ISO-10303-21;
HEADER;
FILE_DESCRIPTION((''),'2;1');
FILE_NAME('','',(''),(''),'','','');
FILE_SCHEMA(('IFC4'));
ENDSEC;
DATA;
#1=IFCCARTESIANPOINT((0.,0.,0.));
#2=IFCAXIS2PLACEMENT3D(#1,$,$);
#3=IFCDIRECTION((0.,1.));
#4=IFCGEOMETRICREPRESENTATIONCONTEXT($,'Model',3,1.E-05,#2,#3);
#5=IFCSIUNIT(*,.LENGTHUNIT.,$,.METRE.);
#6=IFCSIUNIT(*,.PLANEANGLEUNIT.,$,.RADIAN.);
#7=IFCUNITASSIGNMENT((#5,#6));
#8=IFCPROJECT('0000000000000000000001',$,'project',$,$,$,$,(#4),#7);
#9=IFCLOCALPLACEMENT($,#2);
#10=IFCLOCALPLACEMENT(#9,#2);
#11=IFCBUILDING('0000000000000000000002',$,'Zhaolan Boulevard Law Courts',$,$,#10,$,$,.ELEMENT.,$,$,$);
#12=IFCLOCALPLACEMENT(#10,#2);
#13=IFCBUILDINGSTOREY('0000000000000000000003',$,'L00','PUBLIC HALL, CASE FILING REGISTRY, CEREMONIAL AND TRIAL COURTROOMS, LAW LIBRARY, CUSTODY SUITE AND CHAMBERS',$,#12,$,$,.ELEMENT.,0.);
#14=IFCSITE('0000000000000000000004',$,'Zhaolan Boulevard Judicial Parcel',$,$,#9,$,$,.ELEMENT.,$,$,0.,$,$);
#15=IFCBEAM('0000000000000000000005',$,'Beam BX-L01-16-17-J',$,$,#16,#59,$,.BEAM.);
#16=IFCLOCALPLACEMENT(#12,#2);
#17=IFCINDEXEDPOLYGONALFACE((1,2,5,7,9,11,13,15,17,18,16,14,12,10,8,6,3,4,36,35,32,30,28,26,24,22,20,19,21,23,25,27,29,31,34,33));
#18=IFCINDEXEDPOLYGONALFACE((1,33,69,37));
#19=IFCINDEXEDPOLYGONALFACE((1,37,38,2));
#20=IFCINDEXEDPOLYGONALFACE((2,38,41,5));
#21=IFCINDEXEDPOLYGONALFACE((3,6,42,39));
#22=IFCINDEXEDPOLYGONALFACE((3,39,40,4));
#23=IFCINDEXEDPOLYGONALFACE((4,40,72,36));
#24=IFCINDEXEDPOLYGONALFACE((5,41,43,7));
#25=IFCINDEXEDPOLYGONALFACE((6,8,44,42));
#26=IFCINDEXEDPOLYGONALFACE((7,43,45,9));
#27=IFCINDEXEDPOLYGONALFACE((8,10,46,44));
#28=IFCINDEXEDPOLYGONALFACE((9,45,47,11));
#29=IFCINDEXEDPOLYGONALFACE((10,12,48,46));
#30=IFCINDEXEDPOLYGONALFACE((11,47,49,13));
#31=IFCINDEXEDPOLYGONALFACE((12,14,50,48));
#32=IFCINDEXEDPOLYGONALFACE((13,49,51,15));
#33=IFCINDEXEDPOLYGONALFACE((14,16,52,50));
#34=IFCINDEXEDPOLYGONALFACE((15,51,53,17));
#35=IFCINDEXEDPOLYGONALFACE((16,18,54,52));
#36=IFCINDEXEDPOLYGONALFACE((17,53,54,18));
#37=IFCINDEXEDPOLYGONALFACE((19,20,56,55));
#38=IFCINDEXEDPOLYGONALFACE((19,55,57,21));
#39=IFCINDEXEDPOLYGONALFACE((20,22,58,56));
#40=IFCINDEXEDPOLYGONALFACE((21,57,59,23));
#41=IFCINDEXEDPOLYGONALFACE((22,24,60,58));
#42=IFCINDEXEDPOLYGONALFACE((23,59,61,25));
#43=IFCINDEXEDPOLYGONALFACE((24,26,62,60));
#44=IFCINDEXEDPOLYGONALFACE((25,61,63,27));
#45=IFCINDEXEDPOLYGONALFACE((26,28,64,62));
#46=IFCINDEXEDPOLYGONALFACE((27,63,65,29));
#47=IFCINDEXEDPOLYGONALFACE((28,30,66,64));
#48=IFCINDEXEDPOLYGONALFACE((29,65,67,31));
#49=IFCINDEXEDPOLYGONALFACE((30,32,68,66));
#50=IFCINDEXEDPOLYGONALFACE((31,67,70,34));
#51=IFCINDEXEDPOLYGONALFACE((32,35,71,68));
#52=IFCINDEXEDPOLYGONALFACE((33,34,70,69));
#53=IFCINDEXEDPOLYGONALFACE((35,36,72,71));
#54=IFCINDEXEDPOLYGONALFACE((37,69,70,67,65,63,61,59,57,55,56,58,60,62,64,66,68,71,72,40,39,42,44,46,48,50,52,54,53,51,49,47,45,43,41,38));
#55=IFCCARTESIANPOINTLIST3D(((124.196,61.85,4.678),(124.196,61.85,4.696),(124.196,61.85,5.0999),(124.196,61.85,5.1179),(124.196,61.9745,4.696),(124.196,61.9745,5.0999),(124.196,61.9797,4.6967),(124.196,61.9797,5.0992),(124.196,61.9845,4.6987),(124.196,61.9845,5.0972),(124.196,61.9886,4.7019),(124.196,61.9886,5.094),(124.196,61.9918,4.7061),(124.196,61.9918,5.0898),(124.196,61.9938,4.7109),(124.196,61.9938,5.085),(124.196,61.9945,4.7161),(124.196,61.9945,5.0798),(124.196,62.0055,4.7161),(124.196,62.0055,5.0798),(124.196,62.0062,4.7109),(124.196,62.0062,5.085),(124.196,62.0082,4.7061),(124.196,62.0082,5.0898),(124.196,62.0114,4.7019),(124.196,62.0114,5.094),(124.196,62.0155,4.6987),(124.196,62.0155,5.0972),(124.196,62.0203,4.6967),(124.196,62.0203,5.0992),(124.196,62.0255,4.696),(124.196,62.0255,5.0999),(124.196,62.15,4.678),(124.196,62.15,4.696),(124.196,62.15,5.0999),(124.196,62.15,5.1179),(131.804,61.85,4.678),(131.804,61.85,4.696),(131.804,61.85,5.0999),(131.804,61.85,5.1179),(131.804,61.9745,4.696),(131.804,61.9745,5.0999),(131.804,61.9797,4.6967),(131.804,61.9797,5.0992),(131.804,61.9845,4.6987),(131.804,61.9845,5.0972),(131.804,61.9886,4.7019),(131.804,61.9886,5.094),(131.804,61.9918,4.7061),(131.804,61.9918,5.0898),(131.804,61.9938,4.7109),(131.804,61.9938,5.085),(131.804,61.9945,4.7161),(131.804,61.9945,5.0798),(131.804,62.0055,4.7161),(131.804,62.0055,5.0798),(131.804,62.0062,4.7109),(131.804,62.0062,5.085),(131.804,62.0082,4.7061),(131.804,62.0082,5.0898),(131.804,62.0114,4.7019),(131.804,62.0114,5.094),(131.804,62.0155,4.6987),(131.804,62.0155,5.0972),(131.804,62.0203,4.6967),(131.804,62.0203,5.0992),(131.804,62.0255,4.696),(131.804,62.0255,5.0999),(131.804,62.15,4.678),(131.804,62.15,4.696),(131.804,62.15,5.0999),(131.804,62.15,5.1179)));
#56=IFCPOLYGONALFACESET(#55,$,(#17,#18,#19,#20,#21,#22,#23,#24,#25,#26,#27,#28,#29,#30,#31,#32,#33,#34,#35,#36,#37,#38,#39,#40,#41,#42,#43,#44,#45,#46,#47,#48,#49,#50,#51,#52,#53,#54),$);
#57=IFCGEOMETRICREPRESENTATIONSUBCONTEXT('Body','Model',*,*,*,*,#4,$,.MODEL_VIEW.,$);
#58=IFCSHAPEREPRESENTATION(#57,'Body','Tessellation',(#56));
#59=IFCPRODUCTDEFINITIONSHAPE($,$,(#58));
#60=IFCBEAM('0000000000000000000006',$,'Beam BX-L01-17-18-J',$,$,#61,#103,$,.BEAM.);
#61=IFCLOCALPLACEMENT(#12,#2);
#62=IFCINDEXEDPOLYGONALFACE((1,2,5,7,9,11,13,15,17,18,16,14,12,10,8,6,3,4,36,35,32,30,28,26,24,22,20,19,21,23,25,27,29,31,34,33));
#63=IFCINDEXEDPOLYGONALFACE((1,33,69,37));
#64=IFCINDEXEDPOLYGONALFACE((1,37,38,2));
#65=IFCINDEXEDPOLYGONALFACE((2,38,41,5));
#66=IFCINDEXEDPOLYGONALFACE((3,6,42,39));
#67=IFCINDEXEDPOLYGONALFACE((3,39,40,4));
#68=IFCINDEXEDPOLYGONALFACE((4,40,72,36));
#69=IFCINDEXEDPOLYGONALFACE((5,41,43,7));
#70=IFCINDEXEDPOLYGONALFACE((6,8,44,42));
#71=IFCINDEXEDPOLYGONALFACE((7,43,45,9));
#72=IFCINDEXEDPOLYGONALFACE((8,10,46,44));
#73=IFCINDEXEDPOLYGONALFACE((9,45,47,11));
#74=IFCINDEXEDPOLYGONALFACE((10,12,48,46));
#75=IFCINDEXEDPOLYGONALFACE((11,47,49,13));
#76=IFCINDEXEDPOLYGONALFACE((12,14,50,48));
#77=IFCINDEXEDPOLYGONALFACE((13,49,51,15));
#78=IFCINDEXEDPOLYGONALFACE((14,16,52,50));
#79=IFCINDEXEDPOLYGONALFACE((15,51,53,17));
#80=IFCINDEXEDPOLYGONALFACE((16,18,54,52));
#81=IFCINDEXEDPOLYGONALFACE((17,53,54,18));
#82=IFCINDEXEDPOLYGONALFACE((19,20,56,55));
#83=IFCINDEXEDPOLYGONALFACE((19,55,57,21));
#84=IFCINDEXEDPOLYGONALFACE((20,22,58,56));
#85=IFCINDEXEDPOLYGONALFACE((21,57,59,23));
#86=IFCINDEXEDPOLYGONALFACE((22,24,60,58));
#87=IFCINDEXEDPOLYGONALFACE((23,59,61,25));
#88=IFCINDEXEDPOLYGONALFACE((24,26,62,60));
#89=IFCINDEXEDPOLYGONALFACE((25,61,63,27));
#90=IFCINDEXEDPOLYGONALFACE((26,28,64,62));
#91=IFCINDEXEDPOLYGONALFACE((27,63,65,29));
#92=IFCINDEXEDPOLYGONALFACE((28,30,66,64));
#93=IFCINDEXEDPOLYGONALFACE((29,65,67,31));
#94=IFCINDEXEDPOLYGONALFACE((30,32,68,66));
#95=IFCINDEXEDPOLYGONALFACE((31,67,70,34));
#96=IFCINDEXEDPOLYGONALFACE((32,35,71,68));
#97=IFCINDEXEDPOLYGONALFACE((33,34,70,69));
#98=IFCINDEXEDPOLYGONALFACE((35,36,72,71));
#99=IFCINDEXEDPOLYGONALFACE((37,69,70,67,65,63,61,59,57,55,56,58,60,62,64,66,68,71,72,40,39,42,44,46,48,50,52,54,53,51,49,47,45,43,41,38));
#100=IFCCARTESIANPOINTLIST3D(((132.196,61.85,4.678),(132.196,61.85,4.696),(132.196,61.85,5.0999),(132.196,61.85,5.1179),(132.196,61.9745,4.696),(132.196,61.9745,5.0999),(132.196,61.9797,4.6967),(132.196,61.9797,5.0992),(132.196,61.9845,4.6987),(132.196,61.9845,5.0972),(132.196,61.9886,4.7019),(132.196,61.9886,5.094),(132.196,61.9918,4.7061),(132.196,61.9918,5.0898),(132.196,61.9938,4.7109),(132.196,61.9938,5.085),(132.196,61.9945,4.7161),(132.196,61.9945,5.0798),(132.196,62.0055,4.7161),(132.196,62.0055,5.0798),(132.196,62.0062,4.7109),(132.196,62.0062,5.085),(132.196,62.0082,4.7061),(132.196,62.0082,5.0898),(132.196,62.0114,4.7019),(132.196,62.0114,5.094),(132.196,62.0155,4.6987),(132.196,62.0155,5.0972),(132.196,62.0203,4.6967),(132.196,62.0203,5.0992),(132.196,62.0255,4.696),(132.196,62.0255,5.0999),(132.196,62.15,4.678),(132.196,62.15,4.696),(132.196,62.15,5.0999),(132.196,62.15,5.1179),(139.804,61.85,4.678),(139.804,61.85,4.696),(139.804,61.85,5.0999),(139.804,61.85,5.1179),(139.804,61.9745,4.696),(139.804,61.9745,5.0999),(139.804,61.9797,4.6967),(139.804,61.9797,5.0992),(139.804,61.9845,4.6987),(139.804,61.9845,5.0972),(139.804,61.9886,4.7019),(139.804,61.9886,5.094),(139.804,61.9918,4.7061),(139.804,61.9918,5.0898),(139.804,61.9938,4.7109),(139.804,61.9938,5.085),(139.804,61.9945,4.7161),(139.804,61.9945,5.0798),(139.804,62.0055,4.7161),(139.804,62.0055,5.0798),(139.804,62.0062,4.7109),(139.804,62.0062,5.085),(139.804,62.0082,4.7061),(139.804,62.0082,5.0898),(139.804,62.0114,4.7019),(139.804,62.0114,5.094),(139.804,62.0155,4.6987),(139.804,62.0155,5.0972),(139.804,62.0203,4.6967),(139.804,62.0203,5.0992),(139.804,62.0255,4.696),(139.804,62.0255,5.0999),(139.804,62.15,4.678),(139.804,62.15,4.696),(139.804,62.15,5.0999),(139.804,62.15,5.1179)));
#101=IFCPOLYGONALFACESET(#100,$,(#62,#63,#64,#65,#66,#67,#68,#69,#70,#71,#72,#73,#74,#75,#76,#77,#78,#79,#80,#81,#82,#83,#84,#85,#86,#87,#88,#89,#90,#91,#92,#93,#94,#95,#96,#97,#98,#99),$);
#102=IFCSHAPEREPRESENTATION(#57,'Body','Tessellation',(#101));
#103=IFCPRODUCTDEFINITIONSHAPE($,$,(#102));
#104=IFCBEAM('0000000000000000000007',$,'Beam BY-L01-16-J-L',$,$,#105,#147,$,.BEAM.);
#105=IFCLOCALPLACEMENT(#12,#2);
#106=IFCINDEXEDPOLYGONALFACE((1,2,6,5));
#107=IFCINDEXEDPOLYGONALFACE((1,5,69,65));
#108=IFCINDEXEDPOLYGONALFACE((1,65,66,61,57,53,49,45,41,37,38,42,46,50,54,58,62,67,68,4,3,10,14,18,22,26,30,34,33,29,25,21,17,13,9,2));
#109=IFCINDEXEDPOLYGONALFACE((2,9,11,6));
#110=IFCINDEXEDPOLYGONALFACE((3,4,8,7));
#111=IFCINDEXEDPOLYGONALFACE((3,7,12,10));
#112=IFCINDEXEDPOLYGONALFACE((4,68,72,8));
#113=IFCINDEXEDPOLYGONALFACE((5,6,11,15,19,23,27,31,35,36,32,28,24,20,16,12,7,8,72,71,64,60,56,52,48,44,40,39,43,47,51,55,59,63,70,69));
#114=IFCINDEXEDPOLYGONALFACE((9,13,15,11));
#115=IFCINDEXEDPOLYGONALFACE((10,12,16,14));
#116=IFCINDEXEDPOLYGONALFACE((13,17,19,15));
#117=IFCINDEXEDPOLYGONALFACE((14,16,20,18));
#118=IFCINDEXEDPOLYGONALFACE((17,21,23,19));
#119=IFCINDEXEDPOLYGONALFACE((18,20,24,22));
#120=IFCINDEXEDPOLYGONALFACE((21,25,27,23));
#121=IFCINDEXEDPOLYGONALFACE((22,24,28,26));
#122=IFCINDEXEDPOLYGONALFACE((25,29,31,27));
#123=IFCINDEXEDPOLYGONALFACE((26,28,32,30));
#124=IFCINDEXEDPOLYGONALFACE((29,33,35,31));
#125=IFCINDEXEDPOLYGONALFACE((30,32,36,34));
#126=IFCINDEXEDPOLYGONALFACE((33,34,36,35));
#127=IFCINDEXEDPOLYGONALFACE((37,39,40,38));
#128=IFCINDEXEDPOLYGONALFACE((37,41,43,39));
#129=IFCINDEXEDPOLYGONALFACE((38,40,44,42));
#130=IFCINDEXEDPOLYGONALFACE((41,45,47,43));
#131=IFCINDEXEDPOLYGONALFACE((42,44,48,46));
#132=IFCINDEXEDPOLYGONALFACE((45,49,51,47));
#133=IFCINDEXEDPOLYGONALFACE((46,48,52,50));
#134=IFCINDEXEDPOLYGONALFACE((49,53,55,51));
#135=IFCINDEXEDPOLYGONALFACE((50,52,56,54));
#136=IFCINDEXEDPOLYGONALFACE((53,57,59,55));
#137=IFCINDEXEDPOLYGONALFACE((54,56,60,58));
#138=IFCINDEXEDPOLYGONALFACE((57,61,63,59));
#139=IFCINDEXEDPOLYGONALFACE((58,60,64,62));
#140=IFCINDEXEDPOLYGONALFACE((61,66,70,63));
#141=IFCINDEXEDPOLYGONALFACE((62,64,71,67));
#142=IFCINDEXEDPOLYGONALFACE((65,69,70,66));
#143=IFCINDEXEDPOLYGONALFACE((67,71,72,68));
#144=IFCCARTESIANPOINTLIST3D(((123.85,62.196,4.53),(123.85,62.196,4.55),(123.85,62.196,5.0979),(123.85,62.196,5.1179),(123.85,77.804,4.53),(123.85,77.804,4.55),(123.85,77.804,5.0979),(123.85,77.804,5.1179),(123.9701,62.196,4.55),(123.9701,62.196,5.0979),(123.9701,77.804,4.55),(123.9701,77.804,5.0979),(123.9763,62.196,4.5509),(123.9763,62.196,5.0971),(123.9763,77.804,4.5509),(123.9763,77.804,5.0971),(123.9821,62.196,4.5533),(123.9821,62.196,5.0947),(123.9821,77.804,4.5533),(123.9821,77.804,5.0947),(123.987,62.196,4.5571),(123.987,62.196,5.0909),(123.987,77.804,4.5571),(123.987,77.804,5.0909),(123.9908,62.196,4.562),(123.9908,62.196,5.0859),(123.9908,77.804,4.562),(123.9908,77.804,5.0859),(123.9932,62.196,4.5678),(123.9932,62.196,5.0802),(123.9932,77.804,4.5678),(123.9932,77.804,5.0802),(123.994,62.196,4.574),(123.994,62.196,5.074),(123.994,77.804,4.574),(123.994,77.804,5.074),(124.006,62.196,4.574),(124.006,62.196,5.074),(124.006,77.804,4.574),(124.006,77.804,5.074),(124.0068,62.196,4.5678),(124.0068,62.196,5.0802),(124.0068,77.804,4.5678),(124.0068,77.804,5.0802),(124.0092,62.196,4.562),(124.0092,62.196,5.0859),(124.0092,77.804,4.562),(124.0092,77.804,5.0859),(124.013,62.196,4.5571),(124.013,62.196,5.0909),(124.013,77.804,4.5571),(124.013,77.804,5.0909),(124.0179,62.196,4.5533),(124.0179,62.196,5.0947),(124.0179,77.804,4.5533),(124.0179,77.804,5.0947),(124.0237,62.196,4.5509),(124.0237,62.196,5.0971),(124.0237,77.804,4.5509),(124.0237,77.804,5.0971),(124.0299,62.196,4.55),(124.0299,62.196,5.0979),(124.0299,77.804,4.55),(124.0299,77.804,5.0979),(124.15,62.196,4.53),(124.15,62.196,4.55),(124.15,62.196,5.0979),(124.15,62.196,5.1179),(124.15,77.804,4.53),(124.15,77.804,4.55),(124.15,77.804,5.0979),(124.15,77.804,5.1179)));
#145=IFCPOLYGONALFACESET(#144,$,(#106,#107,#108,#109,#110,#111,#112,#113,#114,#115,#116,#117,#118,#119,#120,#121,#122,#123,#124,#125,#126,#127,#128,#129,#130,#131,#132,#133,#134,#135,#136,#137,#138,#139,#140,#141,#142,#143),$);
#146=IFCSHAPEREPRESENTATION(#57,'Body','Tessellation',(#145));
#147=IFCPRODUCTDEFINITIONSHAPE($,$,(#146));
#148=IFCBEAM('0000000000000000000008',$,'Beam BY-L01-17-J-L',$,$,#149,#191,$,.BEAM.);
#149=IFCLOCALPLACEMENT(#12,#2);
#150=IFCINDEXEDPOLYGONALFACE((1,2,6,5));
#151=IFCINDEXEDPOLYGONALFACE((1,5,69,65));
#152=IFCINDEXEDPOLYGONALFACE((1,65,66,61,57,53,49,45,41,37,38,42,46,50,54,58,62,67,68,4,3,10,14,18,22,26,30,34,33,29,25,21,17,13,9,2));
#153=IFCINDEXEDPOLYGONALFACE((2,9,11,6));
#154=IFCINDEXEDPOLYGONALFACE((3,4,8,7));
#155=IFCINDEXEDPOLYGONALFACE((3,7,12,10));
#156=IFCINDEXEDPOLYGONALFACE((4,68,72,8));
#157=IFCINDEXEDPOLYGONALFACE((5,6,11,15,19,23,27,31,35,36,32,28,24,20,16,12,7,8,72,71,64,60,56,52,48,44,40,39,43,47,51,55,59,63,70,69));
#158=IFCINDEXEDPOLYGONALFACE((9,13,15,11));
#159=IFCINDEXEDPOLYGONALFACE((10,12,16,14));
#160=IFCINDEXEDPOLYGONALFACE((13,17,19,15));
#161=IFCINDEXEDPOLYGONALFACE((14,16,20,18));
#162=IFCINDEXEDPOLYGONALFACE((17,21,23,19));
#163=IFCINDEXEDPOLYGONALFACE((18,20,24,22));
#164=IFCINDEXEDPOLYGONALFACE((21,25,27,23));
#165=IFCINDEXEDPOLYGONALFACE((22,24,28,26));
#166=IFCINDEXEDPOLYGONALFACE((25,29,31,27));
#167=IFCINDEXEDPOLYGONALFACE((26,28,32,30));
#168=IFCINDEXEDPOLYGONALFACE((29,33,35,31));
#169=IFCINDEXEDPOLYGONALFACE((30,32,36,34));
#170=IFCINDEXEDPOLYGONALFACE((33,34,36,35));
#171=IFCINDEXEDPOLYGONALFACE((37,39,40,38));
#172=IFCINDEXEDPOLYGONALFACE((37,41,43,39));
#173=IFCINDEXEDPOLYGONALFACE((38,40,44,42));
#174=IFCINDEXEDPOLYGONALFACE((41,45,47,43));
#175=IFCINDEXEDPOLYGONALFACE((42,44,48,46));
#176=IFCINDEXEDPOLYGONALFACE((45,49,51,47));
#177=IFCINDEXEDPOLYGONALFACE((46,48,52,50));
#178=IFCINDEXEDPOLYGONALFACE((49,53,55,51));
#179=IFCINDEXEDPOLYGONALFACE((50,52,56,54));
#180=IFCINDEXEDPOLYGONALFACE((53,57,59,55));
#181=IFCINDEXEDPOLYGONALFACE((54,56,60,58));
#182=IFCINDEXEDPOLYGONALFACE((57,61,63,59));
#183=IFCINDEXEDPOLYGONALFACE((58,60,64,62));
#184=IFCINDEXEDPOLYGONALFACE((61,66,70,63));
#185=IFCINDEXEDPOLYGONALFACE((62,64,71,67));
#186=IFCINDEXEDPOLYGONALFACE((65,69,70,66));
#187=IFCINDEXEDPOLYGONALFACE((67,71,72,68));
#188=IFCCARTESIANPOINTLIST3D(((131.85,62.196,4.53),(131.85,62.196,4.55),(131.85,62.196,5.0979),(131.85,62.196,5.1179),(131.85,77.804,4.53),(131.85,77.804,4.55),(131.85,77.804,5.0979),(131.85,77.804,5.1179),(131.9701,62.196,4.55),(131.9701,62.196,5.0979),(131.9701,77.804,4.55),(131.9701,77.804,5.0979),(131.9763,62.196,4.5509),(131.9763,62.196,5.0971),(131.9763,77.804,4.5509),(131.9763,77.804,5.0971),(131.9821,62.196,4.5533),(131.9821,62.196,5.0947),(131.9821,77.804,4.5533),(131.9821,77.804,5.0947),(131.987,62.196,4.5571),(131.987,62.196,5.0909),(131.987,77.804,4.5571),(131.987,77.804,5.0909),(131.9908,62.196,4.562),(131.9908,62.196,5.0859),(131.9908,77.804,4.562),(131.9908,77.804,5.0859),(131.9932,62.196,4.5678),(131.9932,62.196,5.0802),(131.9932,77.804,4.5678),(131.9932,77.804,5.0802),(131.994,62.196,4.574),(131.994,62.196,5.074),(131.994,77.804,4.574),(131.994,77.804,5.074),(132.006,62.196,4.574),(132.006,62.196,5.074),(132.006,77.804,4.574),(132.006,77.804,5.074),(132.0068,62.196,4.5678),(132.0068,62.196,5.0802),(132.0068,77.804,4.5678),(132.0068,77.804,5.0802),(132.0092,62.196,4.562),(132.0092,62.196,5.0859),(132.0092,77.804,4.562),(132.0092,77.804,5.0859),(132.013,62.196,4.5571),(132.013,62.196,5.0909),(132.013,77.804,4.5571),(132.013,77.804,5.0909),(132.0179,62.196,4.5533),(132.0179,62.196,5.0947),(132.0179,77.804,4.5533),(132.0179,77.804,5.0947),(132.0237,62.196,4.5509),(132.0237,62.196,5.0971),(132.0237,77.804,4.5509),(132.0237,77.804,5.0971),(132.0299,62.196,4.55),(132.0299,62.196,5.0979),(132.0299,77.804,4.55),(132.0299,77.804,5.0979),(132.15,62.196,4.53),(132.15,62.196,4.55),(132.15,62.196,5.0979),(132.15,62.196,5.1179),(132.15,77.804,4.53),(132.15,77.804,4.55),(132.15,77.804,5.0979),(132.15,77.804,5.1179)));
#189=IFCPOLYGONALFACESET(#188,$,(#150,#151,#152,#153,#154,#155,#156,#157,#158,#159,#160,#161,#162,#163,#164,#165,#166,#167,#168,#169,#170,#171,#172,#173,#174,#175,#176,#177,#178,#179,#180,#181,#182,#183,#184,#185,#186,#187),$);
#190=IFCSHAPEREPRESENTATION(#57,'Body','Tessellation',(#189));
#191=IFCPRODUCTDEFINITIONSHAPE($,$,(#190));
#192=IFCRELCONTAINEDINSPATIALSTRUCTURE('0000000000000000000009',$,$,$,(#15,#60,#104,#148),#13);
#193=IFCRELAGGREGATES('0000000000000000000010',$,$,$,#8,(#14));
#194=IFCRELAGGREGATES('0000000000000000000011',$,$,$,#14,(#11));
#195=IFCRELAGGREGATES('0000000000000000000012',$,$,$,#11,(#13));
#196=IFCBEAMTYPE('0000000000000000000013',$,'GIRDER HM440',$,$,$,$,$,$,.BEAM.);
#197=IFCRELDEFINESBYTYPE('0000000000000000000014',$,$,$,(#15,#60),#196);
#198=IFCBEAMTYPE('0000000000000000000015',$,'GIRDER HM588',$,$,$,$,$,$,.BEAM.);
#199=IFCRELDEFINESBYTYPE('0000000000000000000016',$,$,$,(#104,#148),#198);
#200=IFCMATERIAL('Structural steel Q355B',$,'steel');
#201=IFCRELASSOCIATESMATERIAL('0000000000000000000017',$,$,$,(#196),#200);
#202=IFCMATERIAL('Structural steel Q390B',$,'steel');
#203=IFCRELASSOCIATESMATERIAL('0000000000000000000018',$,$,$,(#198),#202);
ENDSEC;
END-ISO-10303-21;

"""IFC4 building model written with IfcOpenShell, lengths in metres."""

from ifc_helpers import new_model, si_unit, direction, frame, origin, origin_2d, place, context, subcontext, project, spatial, i_section, extrude, material, material_profile, profile_set, type_object, element, save


model = new_model("IFC4")

# Units and contexts
model_context = context("Model", 3, precision=1e-05, world=origin(), true_north=direction((0.0, 1.0)))
body_context = subcontext(model_context, "Body", "Model", "MODEL_VIEW")
ifc_project = project(units=[si_unit("LENGTHUNIT", "METRE"), si_unit("PLANEANGLEUNIT", "RADIAN")], contexts=[model_context])

# Site, building, storey
site_placement = place(None, origin())
site = spatial("IfcSite", under=ifc_project, at=site_placement, Name="Zhaolan Boulevard Judicial Parcel", CompositionType="ELEMENT", RefElevation=0.0)
building_placement = place(site_placement, origin())
building = spatial("IfcBuilding", under=site, at=building_placement, Name="Zhaolan Boulevard Law Courts", CompositionType="ELEMENT")
storey_placement = place(building_placement, origin())
storey = spatial("IfcBuildingStorey", under=building, at=storey_placement, Name="L00", Description="PUBLIC HALL, CASE FILING REGISTRY, CEREMONIAL AND TRIAL COURTROOMS, LAW LIBRARY, CUSTODY SUITE AND CHAMBERS", CompositionType="ELEMENT", Elevation=0.0)

# Beams
ifc_material_1 = material(Name="Structural steel Q355B", Category="steel")
ifc_material_profile_1 = material_profile(ifc_material_1, i_section(OverallWidth=0.3, OverallDepth=0.4399, WebThickness=0.011, FlangeThickness=0.0181, FilletRadius=0.02, at=origin_2d()), Name="HM440x300")
ifc_profile_set_1 = profile_set([ifc_material_profile_1], Name="Structural steel Q355B")
beam_type_1 = type_object("IfcBeamType", Name="GIRDER HM440", PredefinedType="BEAM", material=ifc_profile_set_1)
for number, where, z_axis, x_axis, name in (
    (1, (124.196, 62.0, 4.8979), (1.0, 0.0, 0.0), (0.0, 1.0, 0.0), "Beam BX-L01-16-17-J"),
    (2, (132.196, 62.0, 4.8979), (1.0, 0.0, 0.0), (0.0, 1.0, 0.0), "Beam BX-L01-17-18-J"),
):
    element("IfcBeam", number, at=place(storey_placement, frame(where, z_axis=z_axis, x_axis=x_axis)), inside=storey, type_object=beam_type_1, Name=name, PredefinedType="BEAM", context=body_context, shape_type="SweptSolid", body=[
        extrude(i_section(OverallWidth=0.3, OverallDepth=0.4399, WebThickness=0.011, FlangeThickness=0.0181, FilletRadius=0.02, at=origin_2d()), origin(), (0.0, 0.0, 1.0), 7.6079),
    ])
ifc_material_2 = material(Name="Structural steel Q390B", Category="steel")
ifc_material_profile_2 = material_profile(ifc_material_2, i_section(OverallWidth=0.3, OverallDepth=0.5879, WebThickness=0.012, FlangeThickness=0.02, FilletRadius=0.0239, at=origin_2d()), Name="HM588x300")
ifc_profile_set_2 = profile_set([ifc_material_profile_2], Name="Structural steel Q390B")
beam_type_2 = type_object("IfcBeamType", Name="GIRDER HM588", PredefinedType="BEAM", material=ifc_profile_set_2)
for number, where, z_axis, x_axis, name in (
    (3, (124.0, 62.196, 4.824), (0.0, 1.0, 0.0), (-1.0, 0.0, 0.0), "Beam BY-L01-16-J-L"),
    (4, (132.0, 62.196, 4.824), (0.0, 1.0, 0.0), (-1.0, 0.0, 0.0), "Beam BY-L01-17-J-L"),
):
    element("IfcBeam", number, at=place(storey_placement, frame(where, z_axis=z_axis, x_axis=x_axis)), inside=storey, type_object=beam_type_2, Name=name, PredefinedType="BEAM", context=body_context, shape_type="SweptSolid", body=[
        extrude(i_section(OverallWidth=0.3, OverallDepth=0.5879, WebThickness=0.012, FlangeThickness=0.02, FilletRadius=0.0239, at=origin_2d()), origin(), (0.0, 0.0, 1.0), 15.6079),
    ])

save(model, "model.ifc")
